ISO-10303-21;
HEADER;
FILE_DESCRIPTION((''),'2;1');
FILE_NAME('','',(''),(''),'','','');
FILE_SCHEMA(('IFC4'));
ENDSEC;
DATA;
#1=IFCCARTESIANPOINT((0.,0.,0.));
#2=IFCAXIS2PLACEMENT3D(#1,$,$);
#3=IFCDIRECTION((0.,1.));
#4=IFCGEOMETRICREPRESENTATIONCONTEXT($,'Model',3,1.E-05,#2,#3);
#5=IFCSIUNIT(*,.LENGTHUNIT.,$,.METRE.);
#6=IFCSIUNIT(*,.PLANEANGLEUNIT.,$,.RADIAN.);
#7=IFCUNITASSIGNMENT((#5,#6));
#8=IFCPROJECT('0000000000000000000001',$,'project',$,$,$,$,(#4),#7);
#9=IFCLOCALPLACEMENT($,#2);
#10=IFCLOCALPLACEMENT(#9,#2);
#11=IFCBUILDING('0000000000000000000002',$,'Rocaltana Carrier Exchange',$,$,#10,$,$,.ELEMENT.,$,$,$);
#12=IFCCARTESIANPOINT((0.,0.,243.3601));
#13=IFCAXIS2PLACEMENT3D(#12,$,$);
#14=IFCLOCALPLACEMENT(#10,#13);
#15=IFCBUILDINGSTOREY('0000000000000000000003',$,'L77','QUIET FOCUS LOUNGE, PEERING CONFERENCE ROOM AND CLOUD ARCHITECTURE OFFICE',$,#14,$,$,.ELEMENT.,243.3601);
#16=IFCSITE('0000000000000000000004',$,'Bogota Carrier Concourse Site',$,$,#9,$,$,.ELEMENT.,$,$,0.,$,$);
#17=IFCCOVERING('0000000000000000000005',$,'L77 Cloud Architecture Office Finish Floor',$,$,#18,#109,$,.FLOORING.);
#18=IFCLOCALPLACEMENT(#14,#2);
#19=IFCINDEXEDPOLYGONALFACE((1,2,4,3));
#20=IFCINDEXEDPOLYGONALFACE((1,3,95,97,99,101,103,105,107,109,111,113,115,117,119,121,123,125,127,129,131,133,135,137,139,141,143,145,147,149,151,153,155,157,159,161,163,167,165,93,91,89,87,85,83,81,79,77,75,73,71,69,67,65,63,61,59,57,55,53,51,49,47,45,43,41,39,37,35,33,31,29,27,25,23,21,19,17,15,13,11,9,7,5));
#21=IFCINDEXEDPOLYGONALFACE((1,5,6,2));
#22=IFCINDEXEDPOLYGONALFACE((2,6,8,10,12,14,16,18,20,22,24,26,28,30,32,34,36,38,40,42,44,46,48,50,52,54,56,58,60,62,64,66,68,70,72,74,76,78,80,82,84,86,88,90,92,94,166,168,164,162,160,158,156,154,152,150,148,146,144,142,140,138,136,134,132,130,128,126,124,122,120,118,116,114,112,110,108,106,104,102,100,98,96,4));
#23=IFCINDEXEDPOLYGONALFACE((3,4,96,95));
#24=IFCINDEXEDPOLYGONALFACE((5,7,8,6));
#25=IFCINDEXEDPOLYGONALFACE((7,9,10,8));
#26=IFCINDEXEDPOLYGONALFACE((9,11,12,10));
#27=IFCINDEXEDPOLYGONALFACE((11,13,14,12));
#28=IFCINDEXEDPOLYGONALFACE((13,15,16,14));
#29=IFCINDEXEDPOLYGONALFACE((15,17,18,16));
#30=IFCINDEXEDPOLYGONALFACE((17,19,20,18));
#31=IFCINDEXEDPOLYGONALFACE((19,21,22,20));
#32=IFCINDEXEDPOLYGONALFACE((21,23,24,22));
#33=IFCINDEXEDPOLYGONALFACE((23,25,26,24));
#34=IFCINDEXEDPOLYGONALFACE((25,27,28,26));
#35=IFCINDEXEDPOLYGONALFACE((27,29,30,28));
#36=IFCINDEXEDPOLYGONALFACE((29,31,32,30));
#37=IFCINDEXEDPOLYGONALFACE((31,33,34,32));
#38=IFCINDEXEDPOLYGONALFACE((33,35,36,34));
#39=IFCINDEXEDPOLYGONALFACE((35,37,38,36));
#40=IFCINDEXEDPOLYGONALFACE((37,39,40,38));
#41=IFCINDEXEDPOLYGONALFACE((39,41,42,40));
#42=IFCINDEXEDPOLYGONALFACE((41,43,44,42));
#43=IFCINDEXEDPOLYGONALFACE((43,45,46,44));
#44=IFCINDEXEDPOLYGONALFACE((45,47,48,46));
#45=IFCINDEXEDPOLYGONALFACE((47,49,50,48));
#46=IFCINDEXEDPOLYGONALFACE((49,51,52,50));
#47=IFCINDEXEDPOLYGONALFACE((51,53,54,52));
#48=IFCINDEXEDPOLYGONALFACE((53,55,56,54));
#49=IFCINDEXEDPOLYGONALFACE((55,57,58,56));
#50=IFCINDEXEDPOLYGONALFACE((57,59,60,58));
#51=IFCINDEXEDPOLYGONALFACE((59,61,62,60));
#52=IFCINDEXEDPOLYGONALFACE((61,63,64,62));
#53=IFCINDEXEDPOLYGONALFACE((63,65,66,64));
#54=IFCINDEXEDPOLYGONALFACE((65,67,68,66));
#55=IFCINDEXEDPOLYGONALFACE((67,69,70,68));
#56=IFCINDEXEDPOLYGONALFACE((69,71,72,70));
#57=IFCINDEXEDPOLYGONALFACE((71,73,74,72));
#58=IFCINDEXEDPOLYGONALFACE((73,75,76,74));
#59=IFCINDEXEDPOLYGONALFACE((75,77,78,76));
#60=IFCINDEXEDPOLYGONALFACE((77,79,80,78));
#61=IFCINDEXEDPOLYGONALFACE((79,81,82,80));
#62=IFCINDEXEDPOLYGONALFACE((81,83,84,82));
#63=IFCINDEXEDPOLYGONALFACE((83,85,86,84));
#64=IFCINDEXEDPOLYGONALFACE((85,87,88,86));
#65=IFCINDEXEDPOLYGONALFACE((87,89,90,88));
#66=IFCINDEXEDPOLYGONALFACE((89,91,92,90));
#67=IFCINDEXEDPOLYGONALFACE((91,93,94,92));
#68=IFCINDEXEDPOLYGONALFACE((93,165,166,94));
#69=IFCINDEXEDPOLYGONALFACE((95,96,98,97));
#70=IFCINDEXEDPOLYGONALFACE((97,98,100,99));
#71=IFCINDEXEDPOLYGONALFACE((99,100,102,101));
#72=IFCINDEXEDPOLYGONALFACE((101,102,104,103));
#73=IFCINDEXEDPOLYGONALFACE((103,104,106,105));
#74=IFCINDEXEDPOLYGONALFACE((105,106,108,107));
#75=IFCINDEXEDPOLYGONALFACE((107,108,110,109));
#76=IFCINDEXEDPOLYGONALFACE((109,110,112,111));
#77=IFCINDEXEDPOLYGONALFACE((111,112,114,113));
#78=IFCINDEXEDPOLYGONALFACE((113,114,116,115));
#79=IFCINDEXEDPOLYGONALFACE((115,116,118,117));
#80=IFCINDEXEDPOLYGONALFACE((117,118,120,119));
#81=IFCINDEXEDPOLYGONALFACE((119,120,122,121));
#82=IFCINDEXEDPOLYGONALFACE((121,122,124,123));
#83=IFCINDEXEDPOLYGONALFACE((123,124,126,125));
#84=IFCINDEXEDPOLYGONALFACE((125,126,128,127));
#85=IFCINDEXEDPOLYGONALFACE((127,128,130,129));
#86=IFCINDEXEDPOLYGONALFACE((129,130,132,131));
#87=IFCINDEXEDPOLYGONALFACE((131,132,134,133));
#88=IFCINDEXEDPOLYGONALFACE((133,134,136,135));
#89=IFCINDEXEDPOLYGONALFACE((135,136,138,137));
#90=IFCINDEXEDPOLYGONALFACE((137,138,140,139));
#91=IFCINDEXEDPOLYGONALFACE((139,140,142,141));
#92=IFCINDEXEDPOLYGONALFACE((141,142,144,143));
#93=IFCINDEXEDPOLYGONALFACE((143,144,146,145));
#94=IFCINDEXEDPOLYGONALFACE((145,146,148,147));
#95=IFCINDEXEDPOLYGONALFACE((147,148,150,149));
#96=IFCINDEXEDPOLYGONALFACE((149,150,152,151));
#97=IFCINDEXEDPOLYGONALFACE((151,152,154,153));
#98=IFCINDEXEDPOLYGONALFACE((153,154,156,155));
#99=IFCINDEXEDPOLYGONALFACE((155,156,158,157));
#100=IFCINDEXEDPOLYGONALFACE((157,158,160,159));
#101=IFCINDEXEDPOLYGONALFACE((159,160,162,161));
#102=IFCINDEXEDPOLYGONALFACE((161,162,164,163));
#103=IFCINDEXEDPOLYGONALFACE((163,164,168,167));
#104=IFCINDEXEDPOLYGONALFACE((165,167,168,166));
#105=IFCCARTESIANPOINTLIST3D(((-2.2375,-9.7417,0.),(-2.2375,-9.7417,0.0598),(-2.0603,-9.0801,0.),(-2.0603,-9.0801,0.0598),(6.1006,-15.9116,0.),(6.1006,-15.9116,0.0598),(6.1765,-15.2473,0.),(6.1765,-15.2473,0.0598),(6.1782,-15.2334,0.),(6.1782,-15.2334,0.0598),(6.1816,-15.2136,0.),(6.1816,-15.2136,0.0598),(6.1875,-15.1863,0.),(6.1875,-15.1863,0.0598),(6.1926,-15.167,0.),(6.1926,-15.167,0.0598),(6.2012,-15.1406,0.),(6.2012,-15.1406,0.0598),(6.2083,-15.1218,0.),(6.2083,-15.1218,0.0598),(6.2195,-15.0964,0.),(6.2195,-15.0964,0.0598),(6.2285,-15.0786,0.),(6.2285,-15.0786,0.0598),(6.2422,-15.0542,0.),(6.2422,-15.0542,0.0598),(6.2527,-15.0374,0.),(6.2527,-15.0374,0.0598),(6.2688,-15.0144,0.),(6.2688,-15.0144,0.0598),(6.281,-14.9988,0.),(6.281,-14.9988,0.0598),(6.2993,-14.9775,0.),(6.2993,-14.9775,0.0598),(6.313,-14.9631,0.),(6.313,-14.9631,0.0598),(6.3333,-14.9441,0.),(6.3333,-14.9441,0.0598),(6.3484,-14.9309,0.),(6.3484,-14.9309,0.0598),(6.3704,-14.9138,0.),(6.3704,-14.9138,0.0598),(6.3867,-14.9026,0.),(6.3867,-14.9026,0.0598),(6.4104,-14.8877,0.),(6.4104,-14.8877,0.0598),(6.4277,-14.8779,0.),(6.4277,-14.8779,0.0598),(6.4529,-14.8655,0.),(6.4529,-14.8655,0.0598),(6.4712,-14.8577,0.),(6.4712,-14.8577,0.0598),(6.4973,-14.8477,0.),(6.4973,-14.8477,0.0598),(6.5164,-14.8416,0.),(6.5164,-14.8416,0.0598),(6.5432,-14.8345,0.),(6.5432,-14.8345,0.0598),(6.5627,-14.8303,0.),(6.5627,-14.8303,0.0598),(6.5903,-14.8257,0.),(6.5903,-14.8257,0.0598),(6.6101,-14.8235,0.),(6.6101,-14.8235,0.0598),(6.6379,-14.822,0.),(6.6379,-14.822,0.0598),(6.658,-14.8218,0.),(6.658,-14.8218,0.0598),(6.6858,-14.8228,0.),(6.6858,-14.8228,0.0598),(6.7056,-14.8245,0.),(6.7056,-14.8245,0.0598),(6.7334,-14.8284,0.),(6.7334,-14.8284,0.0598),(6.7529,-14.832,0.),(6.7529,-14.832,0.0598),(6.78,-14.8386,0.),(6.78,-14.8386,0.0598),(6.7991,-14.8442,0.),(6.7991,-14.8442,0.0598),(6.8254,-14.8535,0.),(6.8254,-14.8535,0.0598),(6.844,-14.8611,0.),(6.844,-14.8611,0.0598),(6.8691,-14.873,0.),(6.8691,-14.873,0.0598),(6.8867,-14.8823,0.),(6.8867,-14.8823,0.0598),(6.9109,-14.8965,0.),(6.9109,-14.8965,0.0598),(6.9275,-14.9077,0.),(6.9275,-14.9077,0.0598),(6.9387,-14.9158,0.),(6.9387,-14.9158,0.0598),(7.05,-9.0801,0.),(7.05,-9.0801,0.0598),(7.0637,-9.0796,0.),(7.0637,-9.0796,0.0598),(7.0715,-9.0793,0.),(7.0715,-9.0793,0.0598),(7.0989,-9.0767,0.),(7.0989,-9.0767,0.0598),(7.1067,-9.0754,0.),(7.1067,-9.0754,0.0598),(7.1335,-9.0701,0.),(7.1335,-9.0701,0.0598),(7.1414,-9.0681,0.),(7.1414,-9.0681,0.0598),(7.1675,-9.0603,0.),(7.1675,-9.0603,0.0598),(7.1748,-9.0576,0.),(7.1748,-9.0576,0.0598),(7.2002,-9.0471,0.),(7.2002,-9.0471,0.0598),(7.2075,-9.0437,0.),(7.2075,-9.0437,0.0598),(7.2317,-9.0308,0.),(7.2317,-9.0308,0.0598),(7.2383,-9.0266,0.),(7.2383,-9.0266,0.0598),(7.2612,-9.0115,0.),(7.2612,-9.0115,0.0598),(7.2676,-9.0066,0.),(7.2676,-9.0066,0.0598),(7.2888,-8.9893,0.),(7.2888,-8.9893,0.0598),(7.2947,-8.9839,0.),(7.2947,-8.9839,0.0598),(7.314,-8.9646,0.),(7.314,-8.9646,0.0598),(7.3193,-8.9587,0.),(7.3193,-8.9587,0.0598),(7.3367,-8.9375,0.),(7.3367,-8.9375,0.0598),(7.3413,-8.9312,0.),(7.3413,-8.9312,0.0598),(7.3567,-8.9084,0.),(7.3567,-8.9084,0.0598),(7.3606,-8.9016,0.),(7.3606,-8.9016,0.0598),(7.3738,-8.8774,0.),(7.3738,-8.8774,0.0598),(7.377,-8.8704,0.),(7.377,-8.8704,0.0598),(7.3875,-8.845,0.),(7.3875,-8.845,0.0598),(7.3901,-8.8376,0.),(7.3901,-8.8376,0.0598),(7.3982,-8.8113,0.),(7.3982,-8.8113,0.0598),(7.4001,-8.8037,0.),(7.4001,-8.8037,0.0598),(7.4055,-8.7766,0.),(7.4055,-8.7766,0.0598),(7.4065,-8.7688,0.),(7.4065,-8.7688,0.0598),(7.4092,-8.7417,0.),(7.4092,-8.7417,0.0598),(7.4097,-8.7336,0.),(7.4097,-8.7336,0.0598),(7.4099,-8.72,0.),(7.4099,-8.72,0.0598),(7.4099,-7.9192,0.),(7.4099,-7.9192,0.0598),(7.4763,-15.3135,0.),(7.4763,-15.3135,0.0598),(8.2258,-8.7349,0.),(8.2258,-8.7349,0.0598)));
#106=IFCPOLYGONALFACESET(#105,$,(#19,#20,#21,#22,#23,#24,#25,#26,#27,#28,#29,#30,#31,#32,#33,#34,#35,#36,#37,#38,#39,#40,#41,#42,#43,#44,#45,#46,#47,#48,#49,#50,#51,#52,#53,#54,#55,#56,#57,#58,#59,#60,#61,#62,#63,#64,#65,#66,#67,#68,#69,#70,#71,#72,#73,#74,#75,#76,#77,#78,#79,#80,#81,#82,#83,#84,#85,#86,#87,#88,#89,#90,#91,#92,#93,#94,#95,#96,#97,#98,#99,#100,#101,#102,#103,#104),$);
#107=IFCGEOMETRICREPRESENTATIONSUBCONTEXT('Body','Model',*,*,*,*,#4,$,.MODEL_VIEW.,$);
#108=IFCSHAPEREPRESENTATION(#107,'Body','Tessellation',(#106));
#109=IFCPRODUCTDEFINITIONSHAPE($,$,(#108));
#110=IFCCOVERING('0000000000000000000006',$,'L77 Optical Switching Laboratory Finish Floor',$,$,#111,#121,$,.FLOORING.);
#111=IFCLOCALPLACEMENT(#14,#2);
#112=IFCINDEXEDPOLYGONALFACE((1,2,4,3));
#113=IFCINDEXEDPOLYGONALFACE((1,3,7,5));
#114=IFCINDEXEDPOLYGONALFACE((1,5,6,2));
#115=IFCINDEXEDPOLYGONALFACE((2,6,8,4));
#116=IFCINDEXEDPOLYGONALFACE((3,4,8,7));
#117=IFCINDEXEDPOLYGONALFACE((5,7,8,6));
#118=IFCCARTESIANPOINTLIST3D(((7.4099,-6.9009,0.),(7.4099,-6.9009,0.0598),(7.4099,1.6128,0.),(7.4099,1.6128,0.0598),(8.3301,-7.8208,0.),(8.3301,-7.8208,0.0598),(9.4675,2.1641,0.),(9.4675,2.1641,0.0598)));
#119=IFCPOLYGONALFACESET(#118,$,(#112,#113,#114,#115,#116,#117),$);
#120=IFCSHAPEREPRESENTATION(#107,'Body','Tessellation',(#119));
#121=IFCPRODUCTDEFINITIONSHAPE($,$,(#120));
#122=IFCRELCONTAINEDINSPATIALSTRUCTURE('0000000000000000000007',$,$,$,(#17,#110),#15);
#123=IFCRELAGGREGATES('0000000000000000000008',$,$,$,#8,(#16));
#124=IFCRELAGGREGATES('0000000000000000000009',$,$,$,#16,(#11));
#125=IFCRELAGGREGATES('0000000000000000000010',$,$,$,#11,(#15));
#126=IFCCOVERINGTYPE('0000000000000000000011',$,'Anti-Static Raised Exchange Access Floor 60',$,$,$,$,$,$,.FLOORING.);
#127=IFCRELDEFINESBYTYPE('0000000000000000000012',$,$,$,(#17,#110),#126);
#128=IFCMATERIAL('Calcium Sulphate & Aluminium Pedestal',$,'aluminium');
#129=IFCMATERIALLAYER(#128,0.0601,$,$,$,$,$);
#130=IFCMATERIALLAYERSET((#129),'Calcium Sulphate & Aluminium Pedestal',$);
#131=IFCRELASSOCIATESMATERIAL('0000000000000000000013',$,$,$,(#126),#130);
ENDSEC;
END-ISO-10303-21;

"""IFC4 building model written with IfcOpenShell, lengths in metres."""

from ifc_helpers import new_model, si_unit, direction, frame, origin, place, context, subcontext, project, spatial, polyline, outline, extrude, material, layer, layer_set, type_object, element, save


model = new_model("IFC4")

# Units and contexts
model_context = context("Model", 3, precision=1e-05, world=origin(), true_north=direction((0.0, 1.0)))
body_context = subcontext(model_context, "Body", "Model", "MODEL_VIEW")
ifc_project = project(units=[si_unit("LENGTHUNIT", "METRE"), si_unit("PLANEANGLEUNIT", "RADIAN")], contexts=[model_context])

# Site, building, storey
site_placement = place(None, origin())
site = spatial("IfcSite", under=ifc_project, at=site_placement, Name="Bogota Carrier Concourse Site", CompositionType="ELEMENT", RefElevation=0.0)
building_placement = place(site_placement, origin())
building = spatial("IfcBuilding", under=site, at=building_placement, Name="Rocaltana Carrier Exchange", CompositionType="ELEMENT")
storey_placement = place(building_placement, frame((0.0, 0.0, 243.3601)))
storey = spatial("IfcBuildingStorey", under=building, at=storey_placement, Name="L77", Description="QUIET FOCUS LOUNGE, PEERING CONFERENCE ROOM AND CLOUD ARCHITECTURE OFFICE", CompositionType="ELEMENT", Elevation=243.3601)

# Coverings
ifc_material_1 = material(Name="Calcium Sulphate & Aluminium Pedestal", Category="aluminium")
ifc_layer_1 = layer(ifc_material_1, 0.0601)
ifc_layer_set_1 = layer_set([ifc_layer_1], Name="Calcium Sulphate & Aluminium Pedestal")
covering_type_1 = type_object("IfcCoveringType", Name="Anti-Static Raised Exchange Access Floor 60", PredefinedType="FLOORING", material=ifc_layer_set_1)
covering_1_placement = place(storey_placement, origin())
element("IfcCovering", 1, at=covering_1_placement, inside=storey, type_object=covering_type_1, Name="L77 Cloud Architecture Office Finish Floor", PredefinedType="FLOORING", context=body_context, shape_type="SweptSolid", body=[
    extrude(outline(polyline([(7.4763, -15.3135), (6.9387, -14.9158), (6.9275, -14.9077), (6.9109, -14.8965), (6.8867, -14.8823), (6.8691, -14.873), (6.844, -14.8611), (6.8254, -14.8535), (6.7991, -14.8442), (6.78, -14.8386), (6.7529, -14.832), (6.7334, -14.8284), (6.7056, -14.8245), (6.6858, -14.8228), (6.658, -14.8218), (6.6379, -14.822), (6.6101, -14.8235), (6.5903, -14.8257), (6.5627, -14.8303), (6.5432, -14.8345), (6.5164, -14.8416), (6.4973, -14.8477), (6.4712, -14.8577), (6.4529, -14.8655), (6.4277, -14.8779), (6.4104, -14.8877), (6.3867, -14.9026), (6.3704, -14.9138), (6.3484, -14.9309), (6.3333, -14.9441), (6.313, -14.9631), (6.2993, -14.9775), (6.281, -14.9988), (6.2688, -15.0144), (6.2527, -15.0374), (6.2422, -15.0542), (6.2285, -15.0786), (6.2195, -15.0964), (6.2083, -15.1218), (6.2012, -15.1406), (6.1926, -15.167), (6.1875, -15.1863), (6.1816, -15.2136), (6.1782, -15.2334), (6.1765, -15.2473), (6.1006, -15.9116), (-2.2375, -9.7417), (-2.0603, -9.0801), (7.05, -9.0801), (7.0637, -9.0796), (7.0715, -9.0793), (7.0989, -9.0767), (7.1067, -9.0754), (7.1335, -9.0701), (7.1414, -9.0681), (7.1675, -9.0603), (7.1748, -9.0576), (7.2002, -9.0471), (7.2075, -9.0437), (7.2317, -9.0308), (7.2383, -9.0266), (7.2612, -9.0115), (7.2676, -9.0066), (7.2888, -8.9893), (7.2947, -8.9839), (7.314, -8.9646), (7.3193, -8.9587), (7.3367, -8.9375), (7.3413, -8.9312), (7.3567, -8.9084), (7.3606, -8.9016), (7.3738, -8.8774), (7.377, -8.8704), (7.3875, -8.845), (7.3901, -8.8376), (7.3982, -8.8113), (7.4001, -8.8037), (7.4055, -8.7766), (7.4065, -8.7688), (7.4092, -8.7417), (7.4097, -8.7336), (7.4099, -8.72), (7.4099, -7.9192), (8.2258, -8.7349), (7.4763, -15.3135)])), origin(), (0.0, 0.0, 1.0), 0.0598),
])
covering_2_placement = place(storey_placement, origin())
element("IfcCovering", 2, at=covering_2_placement, inside=storey, type_object=covering_type_1, Name="L77 Optical Switching Laboratory Finish Floor", PredefinedType="FLOORING", context=body_context, shape_type="SweptSolid", body=[
    extrude(outline(polyline([(8.3301, -7.8208), (7.4099, -6.9009), (7.4099, 1.6128), (9.4675, 2.1641), (8.3301, -7.8208)])), origin(), (0.0, 0.0, 1.0), 0.0598),
])

save(model, "model.ifc")
